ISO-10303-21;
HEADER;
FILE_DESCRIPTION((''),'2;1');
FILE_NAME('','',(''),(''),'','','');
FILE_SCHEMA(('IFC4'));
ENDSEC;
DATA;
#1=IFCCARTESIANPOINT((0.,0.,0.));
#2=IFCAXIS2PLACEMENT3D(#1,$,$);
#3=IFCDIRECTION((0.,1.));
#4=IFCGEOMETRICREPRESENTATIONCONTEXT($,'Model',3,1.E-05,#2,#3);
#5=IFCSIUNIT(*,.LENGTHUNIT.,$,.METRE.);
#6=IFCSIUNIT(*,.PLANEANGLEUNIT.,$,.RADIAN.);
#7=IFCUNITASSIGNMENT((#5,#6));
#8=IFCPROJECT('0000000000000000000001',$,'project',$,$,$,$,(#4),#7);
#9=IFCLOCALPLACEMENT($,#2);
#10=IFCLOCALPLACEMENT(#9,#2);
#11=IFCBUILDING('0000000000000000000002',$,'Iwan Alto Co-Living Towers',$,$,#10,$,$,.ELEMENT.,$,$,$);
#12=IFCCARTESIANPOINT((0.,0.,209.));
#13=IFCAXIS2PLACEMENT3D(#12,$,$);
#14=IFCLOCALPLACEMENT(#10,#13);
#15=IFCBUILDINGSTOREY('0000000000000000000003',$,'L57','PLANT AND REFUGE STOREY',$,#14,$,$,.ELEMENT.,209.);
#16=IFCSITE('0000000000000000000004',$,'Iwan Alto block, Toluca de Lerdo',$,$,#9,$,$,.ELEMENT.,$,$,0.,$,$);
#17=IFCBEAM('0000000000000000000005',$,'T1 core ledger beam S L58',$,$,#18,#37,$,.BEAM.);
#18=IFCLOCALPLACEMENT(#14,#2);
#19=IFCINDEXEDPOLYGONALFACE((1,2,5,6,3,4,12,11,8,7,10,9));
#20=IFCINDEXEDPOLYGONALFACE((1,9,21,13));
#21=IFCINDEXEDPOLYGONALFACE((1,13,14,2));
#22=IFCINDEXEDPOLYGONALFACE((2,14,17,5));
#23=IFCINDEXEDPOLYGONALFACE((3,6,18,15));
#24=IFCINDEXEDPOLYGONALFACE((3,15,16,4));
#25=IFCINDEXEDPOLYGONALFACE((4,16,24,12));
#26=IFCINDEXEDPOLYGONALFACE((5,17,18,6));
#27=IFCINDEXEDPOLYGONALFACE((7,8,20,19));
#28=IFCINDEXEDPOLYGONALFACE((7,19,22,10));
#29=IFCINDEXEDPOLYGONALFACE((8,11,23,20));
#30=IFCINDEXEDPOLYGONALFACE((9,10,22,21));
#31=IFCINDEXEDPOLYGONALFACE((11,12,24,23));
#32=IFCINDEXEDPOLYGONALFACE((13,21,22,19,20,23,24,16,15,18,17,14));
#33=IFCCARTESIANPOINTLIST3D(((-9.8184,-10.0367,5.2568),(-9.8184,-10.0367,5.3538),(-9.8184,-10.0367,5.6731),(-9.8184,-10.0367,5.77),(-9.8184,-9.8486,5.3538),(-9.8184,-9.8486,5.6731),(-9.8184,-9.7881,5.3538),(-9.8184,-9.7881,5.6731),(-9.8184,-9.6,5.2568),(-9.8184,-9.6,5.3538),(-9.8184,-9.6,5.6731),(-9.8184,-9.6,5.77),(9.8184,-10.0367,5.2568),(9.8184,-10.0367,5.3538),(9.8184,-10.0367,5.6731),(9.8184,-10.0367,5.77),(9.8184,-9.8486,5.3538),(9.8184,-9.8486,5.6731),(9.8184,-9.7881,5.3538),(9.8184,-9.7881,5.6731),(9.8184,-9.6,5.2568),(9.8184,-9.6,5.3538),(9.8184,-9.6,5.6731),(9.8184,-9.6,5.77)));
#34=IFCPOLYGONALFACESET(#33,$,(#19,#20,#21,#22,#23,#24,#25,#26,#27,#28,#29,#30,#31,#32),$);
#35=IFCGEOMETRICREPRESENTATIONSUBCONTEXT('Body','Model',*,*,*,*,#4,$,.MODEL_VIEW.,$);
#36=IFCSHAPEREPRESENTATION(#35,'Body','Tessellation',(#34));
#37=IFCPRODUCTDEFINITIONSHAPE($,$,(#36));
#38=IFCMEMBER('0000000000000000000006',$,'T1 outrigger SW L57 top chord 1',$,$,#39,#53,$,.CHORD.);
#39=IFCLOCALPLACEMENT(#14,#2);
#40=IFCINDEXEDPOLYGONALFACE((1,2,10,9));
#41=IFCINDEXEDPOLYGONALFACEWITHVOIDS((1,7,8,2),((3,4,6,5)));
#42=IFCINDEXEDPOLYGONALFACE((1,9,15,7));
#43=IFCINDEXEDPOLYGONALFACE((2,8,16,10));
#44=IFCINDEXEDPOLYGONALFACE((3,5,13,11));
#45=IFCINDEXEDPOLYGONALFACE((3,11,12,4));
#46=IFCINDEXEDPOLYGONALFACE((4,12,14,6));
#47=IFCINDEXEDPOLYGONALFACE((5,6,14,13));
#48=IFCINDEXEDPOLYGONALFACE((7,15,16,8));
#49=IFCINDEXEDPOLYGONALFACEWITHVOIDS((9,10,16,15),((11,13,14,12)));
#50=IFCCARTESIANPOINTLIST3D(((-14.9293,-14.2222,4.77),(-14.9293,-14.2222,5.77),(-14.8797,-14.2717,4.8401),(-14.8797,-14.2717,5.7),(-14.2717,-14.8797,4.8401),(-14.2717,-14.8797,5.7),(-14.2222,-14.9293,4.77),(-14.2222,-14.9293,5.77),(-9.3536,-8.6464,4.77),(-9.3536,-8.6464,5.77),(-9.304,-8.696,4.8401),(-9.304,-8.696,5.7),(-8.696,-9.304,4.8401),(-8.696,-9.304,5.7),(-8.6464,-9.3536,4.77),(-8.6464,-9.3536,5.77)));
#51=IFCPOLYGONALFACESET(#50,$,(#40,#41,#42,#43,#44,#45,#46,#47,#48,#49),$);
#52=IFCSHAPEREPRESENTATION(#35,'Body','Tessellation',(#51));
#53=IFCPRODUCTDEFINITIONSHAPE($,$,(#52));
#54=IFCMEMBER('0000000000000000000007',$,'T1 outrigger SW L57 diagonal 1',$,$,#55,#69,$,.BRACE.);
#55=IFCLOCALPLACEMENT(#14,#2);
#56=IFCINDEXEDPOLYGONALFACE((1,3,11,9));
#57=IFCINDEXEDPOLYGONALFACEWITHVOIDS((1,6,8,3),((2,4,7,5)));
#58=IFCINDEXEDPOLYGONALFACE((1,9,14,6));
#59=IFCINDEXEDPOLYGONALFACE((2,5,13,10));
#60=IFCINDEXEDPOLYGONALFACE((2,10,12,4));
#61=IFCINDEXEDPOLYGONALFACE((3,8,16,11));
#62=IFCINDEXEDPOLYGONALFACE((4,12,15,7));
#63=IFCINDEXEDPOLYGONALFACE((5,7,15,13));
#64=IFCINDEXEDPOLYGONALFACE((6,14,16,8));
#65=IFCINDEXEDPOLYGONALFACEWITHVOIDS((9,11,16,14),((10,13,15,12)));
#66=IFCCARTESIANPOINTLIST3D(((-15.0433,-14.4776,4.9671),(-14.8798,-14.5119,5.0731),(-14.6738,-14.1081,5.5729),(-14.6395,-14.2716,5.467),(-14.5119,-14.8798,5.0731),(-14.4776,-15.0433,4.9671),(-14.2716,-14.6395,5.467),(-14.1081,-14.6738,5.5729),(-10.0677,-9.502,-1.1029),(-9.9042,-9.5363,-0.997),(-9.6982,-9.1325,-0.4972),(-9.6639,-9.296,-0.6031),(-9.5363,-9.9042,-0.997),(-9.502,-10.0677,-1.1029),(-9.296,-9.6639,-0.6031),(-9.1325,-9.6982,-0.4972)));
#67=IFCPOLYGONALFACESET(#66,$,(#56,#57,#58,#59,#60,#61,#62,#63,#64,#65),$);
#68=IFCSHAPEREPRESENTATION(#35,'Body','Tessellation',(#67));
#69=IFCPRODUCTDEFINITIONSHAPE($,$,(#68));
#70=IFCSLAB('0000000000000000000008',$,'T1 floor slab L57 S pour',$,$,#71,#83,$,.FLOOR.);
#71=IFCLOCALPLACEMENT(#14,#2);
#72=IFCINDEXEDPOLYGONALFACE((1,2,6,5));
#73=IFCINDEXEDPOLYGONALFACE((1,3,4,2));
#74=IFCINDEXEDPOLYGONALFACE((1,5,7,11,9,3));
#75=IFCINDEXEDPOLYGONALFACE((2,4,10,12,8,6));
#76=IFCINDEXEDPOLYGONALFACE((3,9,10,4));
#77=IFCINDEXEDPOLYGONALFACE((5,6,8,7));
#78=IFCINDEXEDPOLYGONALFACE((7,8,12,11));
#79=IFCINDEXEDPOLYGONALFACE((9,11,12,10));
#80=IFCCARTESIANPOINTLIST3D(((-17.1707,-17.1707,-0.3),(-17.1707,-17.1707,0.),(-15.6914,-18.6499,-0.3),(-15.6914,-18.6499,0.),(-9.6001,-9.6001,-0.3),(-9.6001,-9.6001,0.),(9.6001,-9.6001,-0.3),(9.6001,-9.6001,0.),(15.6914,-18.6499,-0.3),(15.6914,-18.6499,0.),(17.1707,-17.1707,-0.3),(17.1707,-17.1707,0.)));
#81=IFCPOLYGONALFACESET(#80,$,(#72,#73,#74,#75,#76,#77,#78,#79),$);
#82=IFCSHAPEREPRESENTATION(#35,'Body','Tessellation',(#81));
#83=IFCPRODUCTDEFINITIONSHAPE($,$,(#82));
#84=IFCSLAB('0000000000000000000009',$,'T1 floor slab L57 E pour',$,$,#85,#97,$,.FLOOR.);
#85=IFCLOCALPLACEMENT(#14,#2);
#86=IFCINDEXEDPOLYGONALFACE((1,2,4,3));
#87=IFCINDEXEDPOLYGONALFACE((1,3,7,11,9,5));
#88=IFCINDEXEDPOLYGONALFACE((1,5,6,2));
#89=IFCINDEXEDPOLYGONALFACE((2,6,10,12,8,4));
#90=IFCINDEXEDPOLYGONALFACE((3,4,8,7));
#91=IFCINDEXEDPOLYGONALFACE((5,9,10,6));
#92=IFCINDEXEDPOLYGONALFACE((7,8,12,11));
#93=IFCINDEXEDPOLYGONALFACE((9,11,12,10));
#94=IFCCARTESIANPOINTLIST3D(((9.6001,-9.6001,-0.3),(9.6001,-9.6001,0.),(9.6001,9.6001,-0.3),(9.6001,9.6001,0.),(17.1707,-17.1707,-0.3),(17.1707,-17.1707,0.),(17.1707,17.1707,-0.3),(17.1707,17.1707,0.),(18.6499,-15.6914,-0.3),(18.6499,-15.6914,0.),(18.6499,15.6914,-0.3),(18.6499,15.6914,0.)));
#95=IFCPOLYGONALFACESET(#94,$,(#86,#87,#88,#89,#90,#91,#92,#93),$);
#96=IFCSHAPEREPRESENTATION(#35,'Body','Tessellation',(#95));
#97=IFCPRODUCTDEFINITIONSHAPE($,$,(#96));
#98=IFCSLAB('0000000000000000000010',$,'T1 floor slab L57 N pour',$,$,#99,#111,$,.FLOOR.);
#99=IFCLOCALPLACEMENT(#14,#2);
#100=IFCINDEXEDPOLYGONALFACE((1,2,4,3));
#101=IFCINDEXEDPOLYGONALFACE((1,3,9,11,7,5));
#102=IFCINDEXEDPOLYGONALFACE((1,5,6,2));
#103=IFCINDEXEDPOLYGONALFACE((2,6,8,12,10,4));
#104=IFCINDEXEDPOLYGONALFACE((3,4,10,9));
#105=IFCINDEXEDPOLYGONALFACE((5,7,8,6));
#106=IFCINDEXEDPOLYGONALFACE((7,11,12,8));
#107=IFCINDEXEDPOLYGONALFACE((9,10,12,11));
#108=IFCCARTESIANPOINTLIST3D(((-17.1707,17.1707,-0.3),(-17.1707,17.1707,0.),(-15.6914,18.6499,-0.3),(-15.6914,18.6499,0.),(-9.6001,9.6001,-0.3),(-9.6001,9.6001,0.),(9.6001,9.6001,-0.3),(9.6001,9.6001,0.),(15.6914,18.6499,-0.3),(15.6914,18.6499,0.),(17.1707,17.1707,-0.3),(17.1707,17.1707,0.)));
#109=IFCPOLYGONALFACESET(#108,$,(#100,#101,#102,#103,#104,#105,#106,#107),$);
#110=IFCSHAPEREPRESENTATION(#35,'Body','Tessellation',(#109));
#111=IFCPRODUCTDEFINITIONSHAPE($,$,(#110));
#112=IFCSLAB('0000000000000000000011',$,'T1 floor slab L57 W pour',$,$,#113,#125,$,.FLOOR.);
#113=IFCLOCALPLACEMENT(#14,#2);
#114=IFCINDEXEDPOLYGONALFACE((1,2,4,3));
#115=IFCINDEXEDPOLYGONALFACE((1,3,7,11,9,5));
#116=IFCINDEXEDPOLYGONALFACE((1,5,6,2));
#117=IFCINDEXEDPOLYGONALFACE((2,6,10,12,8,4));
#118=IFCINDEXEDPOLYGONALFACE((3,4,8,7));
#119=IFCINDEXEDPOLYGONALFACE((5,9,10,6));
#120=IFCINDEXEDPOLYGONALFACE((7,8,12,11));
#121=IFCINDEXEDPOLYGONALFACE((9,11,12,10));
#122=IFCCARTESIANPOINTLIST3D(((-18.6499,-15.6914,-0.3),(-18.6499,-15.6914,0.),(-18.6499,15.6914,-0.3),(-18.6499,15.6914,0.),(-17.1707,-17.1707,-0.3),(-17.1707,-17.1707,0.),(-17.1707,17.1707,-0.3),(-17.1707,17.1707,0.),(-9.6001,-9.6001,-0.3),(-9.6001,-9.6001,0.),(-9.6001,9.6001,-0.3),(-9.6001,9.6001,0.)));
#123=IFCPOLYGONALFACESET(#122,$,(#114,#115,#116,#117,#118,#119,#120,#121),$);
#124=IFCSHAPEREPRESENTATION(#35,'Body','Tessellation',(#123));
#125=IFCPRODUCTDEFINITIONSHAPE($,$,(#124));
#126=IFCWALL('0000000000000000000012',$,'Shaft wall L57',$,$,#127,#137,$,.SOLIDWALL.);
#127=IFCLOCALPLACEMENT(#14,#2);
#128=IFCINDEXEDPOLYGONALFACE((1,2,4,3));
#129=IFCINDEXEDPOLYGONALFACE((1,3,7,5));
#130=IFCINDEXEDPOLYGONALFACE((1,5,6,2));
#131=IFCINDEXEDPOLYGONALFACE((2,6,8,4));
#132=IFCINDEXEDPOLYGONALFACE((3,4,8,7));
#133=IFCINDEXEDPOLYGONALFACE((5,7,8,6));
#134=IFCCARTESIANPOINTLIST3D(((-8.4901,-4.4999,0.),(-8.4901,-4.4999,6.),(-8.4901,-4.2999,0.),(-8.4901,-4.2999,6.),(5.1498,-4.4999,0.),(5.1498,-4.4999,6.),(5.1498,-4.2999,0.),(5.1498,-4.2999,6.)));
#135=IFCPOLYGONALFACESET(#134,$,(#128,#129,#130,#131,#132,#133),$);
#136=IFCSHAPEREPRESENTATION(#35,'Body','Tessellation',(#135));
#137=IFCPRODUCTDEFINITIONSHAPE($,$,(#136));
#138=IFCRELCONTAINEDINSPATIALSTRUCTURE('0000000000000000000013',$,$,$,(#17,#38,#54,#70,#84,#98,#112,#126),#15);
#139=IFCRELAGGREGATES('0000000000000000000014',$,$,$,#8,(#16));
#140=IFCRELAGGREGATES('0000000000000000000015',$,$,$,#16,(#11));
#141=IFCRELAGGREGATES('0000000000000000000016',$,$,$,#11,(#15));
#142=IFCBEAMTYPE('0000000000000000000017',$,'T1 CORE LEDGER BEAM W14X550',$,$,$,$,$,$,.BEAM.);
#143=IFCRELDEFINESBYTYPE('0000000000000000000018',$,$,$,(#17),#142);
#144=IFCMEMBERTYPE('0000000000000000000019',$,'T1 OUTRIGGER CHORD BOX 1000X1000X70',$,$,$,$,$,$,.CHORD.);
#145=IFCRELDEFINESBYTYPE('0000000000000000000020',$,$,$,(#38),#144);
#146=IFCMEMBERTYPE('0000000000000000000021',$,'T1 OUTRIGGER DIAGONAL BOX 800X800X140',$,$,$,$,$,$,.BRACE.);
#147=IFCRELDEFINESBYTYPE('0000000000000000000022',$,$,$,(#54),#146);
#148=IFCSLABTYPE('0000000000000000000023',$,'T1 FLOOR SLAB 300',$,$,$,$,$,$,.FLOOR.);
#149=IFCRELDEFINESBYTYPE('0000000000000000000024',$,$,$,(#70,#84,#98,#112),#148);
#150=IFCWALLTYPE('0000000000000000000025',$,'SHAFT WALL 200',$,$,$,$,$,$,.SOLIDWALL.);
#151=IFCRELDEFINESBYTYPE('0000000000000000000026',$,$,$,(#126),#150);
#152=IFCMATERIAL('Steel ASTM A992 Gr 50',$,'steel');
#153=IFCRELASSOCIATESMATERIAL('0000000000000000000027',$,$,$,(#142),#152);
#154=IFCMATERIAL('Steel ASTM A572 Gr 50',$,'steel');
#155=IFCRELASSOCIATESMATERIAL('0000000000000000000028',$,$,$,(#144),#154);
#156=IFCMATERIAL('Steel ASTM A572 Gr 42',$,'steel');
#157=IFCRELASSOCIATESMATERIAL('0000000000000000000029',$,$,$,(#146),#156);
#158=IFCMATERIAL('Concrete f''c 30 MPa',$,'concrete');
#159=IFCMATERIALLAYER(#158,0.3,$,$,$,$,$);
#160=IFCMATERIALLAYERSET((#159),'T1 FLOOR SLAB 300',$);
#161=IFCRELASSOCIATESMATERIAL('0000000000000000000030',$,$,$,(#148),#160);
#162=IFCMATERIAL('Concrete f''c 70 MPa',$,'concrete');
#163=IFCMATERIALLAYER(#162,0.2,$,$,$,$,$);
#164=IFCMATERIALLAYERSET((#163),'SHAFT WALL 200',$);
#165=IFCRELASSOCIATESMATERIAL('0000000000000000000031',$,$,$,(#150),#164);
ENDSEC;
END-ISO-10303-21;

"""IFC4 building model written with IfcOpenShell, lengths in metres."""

from ifc_helpers import new_model, si_unit, direction, frame, frame_2d, origin, origin_2d, place, context, subcontext, project, spatial, polyline, rectangle, hollow_rectangle, i_section, outline, extrude, material, layer, layer_set, material_profile, profile_set, type_object, element, save


model = new_model("IFC4")

# Units and contexts
model_context = context("Model", 3, precision=1e-05, world=origin(), true_north=direction((0.0, 1.0)))
body_context = subcontext(model_context, "Body", "Model", "MODEL_VIEW")
ifc_project = project(units=[si_unit("LENGTHUNIT", "METRE"), si_unit("PLANEANGLEUNIT", "RADIAN")], contexts=[model_context])

# Site, building, storey
site_placement = place(None, origin())
site = spatial("IfcSite", under=ifc_project, at=site_placement, Name="Iwan Alto block, Toluca de Lerdo", CompositionType="ELEMENT", RefElevation=0.0)
building_placement = place(site_placement, origin())
building = spatial("IfcBuilding", under=site, at=building_placement, Name="Iwan Alto Co-Living Towers", CompositionType="ELEMENT")
storey_placement = place(building_placement, frame((0.0, 0.0, 209.0)))
storey = spatial("IfcBuildingStorey", under=building, at=storey_placement, Name="L57", Description="PLANT AND REFUGE STOREY", CompositionType="ELEMENT", Elevation=209.0)

# Beam
ifc_material_1 = material(Name="Steel ASTM A992 Gr 50", Category="steel")
ifc_material_profile_1 = material_profile(ifc_material_1, i_section(OverallWidth=0.4368, OverallDepth=0.5132, WebThickness=0.0605, FlangeThickness=0.0969, at=origin_2d()), Name="W14X550")
ifc_profile_set_1 = profile_set([ifc_material_profile_1], Name="Steel ASTM A992 Gr 50")
beam_type = type_object("IfcBeamType", Name="T1 CORE LEDGER BEAM W14X550", PredefinedType="BEAM", material=ifc_profile_set_1)
beam_placement = place(storey_placement, frame((-9.8184, -9.8184, 5.5134), z_axis=(1.0, 0.0, 0.0), x_axis=(0.0, 1.0, 0.0)))
element("IfcBeam", 1, at=beam_placement, inside=storey, type_object=beam_type, Name="T1 core ledger beam S L58", PredefinedType="BEAM", context=body_context, shape_type="SweptSolid", body=[
    extrude(i_section(OverallWidth=0.4368, OverallDepth=0.5132, WebThickness=0.0605, FlangeThickness=0.0969, at=origin_2d()), origin(), (0.0, 0.0, 1.0), 19.6367),
])

# Members
ifc_material_2 = material(Name="Steel ASTM A572 Gr 50", Category="steel")
ifc_material_profile_2 = material_profile(ifc_material_2, hollow_rectangle(XDim=1.0, YDim=1.0, WallThickness=0.0701, at=origin_2d()), Name="BOX 1000X1000X70")
ifc_profile_set_2 = profile_set([ifc_material_profile_2], Name="Steel ASTM A572 Gr 50")
member_type_1 = type_object("IfcMemberType", Name="T1 OUTRIGGER CHORD BOX 1000X1000X70", PredefinedType="CHORD", material=ifc_profile_set_2)
member_1_placement = place(storey_placement, frame((-9.0, -9.0, 5.27), z_axis=(-0.707107, -0.707107, 0.0), x_axis=(0.707107, -0.707107, 0.0)))
element("IfcMember", 2, at=member_1_placement, inside=storey, type_object=member_type_1, Name="T1 outrigger SW L57 top chord 1", PredefinedType="CHORD", context=body_context, shape_type="SweptSolid", body=[
    extrude(hollow_rectangle(XDim=1.0, YDim=1.0, WallThickness=0.0701, at=origin_2d()), origin(), (0.0, 0.0, 1.0), 7.8853),
])
ifc_material_3 = material(Name="Steel ASTM A572 Gr 42", Category="steel")
ifc_material_profile_3 = material_profile(ifc_material_3, hollow_rectangle(XDim=0.8, YDim=0.8, WallThickness=0.1399, at=origin_2d()), Name="BOX 800X800X140")
ifc_profile_set_3 = profile_set([ifc_material_profile_3], Name="Steel ASTM A572 Gr 42")
member_type_2 = type_object("IfcMemberType", Name="T1 OUTRIGGER DIAGONAL BOX 800X800X140", PredefinedType="BRACE", material=ifc_profile_set_3)
member_2_placement = place(storey_placement, frame((-9.6001, -9.6001, -0.8), z_axis=(-0.535416, -0.535416, 0.653192), x_axis=(0.707107, -0.707107, 0.0)))
element("IfcMember", 3, at=member_2_placement, inside=storey, type_object=member_type_2, Name="T1 outrigger SW L57 diagonal 1", PredefinedType="BRACE", context=body_context, shape_type="SweptSolid", body=[
    extrude(hollow_rectangle(XDim=0.8, YDim=0.8, WallThickness=0.1399, at=origin_2d()), origin(), (0.0, 0.0, 1.0), 9.293),
])

# Slabs
ifc_material_4 = material(Name="Concrete f'c 30 MPa", Category="concrete")
ifc_layer_1 = layer(ifc_material_4, 0.3)
ifc_layer_set_1 = layer_set([ifc_layer_1], Name="T1 FLOOR SLAB 300")
slab_type = type_object("IfcSlabType", Name="T1 FLOOR SLAB 300", PredefinedType="FLOOR", material=ifc_layer_set_1)
slab_1_placement = place(storey_placement, frame((0.0, 0.0, -0.3)))
element("IfcSlab", 4, at=slab_1_placement, inside=storey, type_object=slab_type, Name="T1 floor slab L57 S pour", PredefinedType="FLOOR", context=body_context, shape_type="SweptSolid", body=[
    extrude(outline(polyline([(15.6914, -18.6499), (-15.6914, -18.6499), (-17.1707, -17.1707), (-9.6001, -9.6001), (9.6001, -9.6001), (17.1707, -17.1707), (15.6914, -18.6499)])), origin(), (0.0, 0.0, 1.0), 0.3),
])
slab_2_placement = place(storey_placement, frame((0.0, 0.0, -0.3)))
element("IfcSlab", 5, at=slab_2_placement, inside=storey, type_object=slab_type, Name="T1 floor slab L57 E pour", PredefinedType="FLOOR", context=body_context, shape_type="SweptSolid", body=[
    extrude(outline(polyline([(18.6499, 15.6914), (18.6499, -15.6914), (17.1707, -17.1707), (9.6001, -9.6001), (9.6001, 9.6001), (17.1707, 17.1707), (18.6499, 15.6914)])), origin(), (0.0, 0.0, 1.0), 0.3),
])
slab_3_placement = place(storey_placement, frame((0.0, 0.0, -0.3)))
element("IfcSlab", 6, at=slab_3_placement, inside=storey, type_object=slab_type, Name="T1 floor slab L57 N pour", PredefinedType="FLOOR", context=body_context, shape_type="SweptSolid", body=[
    extrude(outline(polyline([(-15.6914, 18.6499), (15.6914, 18.6499), (17.1707, 17.1707), (9.6001, 9.6001), (-9.6001, 9.6001), (-17.1707, 17.1707), (-15.6914, 18.6499)])), origin(), (0.0, 0.0, 1.0), 0.3),
])
slab_4_placement = place(storey_placement, frame((0.0, 0.0, -0.3)))
element("IfcSlab", 7, at=slab_4_placement, inside=storey, type_object=slab_type, Name="T1 floor slab L57 W pour", PredefinedType="FLOOR", context=body_context, shape_type="SweptSolid", body=[
    extrude(outline(polyline([(-18.6499, 15.6914), (-17.1707, 17.1707), (-9.6001, 9.6001), (-9.6001, -9.6001), (-17.1707, -17.1707), (-18.6499, -15.6914), (-18.6499, 15.6914)])), origin(), (0.0, 0.0, 1.0), 0.3),
])

# Wall
ifc_material_5 = material(Name="Concrete f'c 70 MPa", Category="concrete")
ifc_layer_2 = layer(ifc_material_5, 0.2)
ifc_layer_set_2 = layer_set([ifc_layer_2], Name="SHAFT WALL 200")
wall_type_1 = type_object("IfcWallType", Name="SHAFT WALL 200", PredefinedType="SOLIDWALL", material=ifc_layer_set_2)
wall_1_placement = place(storey_placement, frame((-8.49, -4.3999, 0.0), z_axis=(0.0, 0.0, 1.0), x_axis=(1.0, 0.0, 0.0)))
element("IfcWall", 8, at=wall_1_placement, inside=storey, type_object=wall_type_1, Name="Shaft wall L57", PredefinedType="SOLIDWALL", context=body_context, shape_type="SweptSolid", body=[
    extrude(rectangle(XDim=13.6399, YDim=0.2, at=frame_2d((6.8198, 0.0))), origin(), (0.0, 0.0, 1.0), 6.0),
])

save(model, "model.ifc")
